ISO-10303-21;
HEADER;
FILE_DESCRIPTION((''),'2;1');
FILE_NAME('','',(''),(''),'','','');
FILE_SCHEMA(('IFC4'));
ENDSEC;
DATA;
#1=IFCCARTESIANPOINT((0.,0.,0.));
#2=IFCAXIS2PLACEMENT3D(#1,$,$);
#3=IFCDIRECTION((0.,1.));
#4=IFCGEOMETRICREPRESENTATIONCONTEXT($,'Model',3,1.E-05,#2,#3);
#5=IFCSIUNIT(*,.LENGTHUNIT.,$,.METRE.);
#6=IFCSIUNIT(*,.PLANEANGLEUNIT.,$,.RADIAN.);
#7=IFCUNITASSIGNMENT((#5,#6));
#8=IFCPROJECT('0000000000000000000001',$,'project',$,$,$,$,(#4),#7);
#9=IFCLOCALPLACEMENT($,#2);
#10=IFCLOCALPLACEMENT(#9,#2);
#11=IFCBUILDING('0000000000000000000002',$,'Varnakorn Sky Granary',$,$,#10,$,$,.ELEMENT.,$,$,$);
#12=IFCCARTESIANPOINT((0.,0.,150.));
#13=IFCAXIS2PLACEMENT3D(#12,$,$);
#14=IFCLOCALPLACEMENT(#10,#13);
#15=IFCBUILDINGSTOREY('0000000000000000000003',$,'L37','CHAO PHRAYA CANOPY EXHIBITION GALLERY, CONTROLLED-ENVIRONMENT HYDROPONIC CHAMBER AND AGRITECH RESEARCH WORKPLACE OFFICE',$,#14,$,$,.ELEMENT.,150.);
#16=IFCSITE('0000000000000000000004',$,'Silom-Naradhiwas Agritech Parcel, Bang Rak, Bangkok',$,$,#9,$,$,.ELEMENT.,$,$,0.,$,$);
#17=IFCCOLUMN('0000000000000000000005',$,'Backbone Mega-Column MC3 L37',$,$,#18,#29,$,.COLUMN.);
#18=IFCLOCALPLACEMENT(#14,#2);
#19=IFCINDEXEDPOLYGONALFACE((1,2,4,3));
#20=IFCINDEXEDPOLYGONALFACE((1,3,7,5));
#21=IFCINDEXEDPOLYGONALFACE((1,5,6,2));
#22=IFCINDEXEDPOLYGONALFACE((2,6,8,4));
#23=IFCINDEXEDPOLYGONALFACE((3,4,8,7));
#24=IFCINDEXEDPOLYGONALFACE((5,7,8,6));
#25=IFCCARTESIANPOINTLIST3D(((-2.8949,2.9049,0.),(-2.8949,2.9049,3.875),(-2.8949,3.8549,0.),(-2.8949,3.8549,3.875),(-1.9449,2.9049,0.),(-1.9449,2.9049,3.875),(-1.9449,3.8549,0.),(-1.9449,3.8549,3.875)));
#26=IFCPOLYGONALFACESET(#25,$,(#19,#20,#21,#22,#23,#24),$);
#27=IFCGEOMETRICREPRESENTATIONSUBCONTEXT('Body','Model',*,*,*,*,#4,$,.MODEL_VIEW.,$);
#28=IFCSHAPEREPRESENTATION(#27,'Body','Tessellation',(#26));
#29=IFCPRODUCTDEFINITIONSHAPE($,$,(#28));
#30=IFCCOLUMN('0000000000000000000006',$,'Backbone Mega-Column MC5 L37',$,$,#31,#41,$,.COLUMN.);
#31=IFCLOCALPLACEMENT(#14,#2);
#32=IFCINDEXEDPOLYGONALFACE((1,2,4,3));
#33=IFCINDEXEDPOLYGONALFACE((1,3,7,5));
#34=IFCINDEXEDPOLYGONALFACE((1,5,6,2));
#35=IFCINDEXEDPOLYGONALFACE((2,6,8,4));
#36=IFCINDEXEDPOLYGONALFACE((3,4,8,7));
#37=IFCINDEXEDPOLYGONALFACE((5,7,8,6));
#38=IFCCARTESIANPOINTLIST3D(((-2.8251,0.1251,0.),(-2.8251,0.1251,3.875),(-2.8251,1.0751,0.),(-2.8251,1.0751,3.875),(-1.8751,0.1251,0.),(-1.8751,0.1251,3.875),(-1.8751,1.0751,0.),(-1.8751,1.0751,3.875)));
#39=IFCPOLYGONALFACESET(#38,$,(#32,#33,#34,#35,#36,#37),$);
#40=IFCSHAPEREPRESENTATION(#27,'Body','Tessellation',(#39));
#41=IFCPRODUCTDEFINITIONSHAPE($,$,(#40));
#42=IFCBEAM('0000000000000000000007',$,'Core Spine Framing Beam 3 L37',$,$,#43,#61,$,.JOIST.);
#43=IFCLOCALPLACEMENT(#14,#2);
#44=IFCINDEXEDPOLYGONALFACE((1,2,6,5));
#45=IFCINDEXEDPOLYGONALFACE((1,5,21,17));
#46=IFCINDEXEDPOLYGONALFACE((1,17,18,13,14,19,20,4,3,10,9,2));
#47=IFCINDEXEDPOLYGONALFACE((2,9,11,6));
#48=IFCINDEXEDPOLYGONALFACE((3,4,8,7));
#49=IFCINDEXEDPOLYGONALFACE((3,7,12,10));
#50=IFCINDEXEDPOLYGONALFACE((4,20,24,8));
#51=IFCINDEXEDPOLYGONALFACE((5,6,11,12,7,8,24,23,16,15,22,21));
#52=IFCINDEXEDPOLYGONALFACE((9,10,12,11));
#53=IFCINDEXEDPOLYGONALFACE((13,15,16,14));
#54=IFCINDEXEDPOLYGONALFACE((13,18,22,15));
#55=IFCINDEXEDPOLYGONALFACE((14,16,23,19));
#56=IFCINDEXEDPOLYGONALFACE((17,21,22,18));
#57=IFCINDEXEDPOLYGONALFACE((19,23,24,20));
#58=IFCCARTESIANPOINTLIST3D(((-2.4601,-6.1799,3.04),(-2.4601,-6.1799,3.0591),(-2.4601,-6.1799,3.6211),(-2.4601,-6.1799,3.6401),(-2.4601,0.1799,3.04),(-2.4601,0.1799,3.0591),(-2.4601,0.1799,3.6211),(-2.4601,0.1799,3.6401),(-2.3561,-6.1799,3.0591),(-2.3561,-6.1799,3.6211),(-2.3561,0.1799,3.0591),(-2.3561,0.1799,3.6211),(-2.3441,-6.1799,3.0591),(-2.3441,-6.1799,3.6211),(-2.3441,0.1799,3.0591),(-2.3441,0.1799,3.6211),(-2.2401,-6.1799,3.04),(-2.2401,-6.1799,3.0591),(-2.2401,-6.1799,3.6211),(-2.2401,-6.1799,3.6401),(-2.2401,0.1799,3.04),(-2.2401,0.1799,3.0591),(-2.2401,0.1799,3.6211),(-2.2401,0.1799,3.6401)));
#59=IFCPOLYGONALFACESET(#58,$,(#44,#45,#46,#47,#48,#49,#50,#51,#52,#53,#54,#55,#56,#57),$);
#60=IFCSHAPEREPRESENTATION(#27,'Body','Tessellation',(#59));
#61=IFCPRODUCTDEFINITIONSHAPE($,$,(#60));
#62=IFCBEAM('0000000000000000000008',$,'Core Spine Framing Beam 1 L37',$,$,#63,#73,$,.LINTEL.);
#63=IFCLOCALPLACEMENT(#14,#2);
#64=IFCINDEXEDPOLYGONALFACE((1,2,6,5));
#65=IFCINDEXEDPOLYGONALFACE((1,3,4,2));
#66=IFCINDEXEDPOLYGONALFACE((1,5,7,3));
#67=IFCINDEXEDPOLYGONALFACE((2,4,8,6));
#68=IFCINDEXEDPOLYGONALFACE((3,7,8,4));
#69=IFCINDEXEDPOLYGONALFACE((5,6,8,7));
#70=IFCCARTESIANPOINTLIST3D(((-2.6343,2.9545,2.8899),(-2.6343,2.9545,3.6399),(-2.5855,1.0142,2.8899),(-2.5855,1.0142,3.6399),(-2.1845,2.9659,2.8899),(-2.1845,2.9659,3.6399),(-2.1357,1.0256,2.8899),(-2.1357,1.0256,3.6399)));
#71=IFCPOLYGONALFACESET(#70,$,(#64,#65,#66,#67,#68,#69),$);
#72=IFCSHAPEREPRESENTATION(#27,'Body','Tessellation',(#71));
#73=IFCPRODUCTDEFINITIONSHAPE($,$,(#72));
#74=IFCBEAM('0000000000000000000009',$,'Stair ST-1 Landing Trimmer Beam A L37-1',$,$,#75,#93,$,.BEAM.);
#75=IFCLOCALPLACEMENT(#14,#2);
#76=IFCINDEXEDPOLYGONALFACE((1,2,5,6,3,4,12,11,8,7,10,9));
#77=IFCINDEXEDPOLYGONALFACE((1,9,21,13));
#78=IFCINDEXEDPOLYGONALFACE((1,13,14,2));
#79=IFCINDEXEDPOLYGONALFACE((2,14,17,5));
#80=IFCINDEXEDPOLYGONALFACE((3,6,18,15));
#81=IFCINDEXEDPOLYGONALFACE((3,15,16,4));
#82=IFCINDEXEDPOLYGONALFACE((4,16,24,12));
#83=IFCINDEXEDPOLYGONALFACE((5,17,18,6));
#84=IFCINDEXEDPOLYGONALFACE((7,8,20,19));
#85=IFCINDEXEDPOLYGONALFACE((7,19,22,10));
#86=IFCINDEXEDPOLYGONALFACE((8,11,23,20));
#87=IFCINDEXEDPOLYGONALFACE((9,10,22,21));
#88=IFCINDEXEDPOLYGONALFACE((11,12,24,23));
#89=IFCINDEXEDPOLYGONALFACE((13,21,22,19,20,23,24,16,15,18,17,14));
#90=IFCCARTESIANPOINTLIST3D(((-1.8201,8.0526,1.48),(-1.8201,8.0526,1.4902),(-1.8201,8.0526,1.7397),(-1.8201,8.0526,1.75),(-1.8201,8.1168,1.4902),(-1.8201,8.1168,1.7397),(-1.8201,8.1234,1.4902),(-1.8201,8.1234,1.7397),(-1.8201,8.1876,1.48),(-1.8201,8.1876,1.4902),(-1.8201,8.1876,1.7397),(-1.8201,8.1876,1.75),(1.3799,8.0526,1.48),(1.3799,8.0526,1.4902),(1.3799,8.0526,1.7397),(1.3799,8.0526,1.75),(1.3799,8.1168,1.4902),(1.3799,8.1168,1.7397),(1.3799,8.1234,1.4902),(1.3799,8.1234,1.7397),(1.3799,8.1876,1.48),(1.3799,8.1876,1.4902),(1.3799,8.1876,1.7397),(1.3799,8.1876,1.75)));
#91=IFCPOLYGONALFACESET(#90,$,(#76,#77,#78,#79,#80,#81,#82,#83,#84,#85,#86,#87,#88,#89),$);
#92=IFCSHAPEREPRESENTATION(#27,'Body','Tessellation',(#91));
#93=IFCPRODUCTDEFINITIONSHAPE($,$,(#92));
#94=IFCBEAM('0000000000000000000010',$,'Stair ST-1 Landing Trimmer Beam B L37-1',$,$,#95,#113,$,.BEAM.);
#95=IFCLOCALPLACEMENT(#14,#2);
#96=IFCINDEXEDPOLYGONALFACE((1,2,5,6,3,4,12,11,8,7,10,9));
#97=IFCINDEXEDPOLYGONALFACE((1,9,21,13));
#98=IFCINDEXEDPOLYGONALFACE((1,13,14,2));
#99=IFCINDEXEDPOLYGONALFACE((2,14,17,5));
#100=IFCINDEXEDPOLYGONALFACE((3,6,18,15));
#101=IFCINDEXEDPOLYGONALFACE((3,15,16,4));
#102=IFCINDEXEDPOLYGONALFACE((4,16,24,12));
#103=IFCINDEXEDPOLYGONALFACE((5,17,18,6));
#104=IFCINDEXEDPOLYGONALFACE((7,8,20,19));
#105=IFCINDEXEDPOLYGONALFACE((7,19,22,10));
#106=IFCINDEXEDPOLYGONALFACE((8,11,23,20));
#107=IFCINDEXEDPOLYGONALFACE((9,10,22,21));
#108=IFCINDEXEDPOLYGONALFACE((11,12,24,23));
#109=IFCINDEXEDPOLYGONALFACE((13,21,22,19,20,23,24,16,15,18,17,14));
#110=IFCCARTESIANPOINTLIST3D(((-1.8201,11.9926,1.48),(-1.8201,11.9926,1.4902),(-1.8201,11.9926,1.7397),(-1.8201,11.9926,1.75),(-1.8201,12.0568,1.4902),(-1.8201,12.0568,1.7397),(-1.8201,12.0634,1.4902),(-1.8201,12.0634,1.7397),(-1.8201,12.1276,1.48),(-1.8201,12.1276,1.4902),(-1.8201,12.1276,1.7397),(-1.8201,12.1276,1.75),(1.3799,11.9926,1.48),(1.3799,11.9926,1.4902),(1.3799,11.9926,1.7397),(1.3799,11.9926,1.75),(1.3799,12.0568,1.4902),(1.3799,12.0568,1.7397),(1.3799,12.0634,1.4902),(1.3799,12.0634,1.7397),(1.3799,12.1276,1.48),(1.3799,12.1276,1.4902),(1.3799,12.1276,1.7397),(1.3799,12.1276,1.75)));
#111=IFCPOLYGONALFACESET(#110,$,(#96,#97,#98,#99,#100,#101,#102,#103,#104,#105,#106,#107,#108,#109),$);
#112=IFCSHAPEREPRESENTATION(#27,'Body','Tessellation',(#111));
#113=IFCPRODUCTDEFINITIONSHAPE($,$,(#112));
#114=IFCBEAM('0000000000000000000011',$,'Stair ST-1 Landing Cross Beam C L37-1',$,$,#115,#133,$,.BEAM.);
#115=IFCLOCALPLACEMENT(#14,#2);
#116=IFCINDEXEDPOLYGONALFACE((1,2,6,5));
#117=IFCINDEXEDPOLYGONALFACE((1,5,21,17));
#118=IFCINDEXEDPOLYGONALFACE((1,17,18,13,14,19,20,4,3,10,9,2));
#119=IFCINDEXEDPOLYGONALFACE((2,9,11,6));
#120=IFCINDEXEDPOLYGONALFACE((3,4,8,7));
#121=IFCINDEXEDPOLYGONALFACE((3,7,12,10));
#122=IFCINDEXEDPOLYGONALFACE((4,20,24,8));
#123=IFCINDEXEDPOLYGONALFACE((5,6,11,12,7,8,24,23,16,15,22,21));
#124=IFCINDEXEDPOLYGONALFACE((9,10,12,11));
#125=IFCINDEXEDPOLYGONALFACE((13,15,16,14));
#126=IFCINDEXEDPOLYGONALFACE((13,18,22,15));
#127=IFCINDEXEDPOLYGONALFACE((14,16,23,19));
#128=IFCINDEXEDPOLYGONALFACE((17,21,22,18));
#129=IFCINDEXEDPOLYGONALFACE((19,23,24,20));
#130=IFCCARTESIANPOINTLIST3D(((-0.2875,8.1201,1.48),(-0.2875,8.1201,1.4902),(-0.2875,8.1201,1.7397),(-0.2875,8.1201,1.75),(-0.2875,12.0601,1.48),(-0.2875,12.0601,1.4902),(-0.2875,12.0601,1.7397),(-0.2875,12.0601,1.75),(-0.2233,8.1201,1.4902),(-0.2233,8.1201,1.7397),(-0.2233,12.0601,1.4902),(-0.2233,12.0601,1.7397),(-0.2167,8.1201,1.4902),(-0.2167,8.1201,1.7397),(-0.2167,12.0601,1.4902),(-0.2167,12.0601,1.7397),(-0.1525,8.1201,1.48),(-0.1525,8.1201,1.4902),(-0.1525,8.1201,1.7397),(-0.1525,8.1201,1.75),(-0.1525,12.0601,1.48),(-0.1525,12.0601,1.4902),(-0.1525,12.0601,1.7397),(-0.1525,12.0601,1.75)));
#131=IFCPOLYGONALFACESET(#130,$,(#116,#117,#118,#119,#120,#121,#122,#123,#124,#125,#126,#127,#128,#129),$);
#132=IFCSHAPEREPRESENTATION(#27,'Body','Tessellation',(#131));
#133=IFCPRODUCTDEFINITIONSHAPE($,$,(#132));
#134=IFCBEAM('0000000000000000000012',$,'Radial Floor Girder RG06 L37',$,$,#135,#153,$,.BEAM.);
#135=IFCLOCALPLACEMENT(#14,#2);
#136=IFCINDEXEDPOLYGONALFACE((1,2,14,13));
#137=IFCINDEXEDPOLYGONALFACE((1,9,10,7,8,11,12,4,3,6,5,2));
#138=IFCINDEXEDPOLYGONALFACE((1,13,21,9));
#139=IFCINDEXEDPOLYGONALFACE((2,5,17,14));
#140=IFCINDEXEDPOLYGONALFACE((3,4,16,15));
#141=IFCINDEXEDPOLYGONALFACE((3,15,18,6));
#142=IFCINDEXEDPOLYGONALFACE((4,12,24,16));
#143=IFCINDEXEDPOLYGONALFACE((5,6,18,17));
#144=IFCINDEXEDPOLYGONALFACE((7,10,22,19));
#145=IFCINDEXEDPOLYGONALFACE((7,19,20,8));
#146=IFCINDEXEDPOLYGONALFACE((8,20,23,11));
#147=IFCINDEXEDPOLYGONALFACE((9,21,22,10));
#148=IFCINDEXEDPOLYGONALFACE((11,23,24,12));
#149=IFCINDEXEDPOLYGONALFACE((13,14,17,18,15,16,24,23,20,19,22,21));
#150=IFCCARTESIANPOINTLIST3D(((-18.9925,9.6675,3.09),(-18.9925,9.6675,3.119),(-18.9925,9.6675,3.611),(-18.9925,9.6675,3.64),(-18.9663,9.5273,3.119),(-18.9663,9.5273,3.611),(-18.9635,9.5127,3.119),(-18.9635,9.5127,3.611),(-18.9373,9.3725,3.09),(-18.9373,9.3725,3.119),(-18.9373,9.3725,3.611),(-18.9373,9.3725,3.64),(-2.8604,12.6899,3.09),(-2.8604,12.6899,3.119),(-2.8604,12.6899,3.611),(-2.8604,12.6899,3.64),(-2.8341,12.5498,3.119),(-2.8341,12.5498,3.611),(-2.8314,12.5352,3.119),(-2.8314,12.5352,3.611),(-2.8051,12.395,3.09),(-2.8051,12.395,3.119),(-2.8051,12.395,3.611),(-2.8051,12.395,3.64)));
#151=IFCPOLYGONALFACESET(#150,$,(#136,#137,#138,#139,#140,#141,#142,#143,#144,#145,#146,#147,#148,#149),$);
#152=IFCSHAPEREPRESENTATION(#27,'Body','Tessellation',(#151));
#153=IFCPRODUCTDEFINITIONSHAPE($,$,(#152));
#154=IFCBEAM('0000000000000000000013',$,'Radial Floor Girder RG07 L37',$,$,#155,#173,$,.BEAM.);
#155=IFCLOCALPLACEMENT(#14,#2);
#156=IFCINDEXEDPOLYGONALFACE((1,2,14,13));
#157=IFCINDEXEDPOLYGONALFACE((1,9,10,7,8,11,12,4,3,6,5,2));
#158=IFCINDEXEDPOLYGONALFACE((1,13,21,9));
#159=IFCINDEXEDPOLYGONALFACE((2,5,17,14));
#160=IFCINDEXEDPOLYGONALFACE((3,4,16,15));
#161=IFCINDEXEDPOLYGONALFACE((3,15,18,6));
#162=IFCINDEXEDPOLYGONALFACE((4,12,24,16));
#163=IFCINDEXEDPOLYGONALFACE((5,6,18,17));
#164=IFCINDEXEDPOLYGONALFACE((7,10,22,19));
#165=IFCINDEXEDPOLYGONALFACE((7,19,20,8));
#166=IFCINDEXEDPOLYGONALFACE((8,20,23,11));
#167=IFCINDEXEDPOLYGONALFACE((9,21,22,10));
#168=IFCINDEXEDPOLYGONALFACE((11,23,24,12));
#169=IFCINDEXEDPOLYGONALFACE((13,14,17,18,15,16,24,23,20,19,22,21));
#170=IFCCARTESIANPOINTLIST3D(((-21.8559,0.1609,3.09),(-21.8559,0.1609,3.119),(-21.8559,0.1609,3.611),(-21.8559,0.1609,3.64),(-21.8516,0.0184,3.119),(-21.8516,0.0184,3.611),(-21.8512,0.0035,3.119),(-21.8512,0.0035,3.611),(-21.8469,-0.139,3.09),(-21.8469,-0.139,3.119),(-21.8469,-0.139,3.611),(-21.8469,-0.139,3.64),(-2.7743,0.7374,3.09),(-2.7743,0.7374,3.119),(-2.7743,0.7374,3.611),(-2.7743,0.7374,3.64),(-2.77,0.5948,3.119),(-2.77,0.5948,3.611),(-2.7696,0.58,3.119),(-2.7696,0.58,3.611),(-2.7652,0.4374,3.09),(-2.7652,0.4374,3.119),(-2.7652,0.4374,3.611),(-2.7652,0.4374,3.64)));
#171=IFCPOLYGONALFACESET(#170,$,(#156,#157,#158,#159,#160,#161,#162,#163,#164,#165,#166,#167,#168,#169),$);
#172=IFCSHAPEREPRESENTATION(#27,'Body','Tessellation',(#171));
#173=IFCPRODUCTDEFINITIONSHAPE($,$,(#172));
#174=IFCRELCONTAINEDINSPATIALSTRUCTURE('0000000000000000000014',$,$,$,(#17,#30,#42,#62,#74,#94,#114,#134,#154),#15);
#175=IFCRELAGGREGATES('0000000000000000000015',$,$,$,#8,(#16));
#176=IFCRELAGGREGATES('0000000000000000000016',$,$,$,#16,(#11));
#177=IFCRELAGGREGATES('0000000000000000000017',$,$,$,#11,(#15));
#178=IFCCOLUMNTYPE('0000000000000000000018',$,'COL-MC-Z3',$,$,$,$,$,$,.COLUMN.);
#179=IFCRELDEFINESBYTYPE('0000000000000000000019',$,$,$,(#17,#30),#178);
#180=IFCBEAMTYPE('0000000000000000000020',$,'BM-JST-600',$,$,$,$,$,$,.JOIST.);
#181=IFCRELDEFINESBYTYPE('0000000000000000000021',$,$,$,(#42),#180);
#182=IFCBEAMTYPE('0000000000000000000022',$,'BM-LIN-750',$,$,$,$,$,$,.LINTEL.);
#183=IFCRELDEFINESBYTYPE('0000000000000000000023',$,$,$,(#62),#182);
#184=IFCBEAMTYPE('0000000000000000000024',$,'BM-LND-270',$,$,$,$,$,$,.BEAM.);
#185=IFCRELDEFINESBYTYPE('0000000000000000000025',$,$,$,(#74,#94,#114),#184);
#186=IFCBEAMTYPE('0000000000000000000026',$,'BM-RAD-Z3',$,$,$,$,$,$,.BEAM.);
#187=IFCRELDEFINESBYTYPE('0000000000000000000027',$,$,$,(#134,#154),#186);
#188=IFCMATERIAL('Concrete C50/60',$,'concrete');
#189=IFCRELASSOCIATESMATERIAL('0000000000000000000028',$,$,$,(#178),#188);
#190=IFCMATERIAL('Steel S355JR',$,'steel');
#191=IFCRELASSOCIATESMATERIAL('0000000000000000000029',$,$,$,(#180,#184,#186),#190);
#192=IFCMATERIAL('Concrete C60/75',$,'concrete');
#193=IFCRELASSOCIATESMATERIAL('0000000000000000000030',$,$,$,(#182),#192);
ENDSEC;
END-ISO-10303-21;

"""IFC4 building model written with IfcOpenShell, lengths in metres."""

from ifc_helpers import new_model, si_unit, direction, frame, origin, origin_2d, place, context, subcontext, project, spatial, rectangle, i_section, extrude, material, material_profile, profile_set, type_object, element, save


model = new_model("IFC4")

# Units and contexts
model_context = context("Model", 3, precision=1e-05, world=origin(), true_north=direction((0.0, 1.0)))
body_context = subcontext(model_context, "Body", "Model", "MODEL_VIEW")
ifc_project = project(units=[si_unit("LENGTHUNIT", "METRE"), si_unit("PLANEANGLEUNIT", "RADIAN")], contexts=[model_context])

# Site, building, storey
site_placement = place(None, origin())
site = spatial("IfcSite", under=ifc_project, at=site_placement, Name="Silom-Naradhiwas Agritech Parcel, Bang Rak, Bangkok", CompositionType="ELEMENT", RefElevation=0.0)
building_placement = place(site_placement, origin())
building = spatial("IfcBuilding", under=site, at=building_placement, Name="Varnakorn Sky Granary", CompositionType="ELEMENT")
storey_placement = place(building_placement, frame((0.0, 0.0, 150.0)))
storey = spatial("IfcBuildingStorey", under=building, at=storey_placement, Name="L37", Description="CHAO PHRAYA CANOPY EXHIBITION GALLERY, CONTROLLED-ENVIRONMENT HYDROPONIC CHAMBER AND AGRITECH RESEARCH WORKPLACE OFFICE", CompositionType="ELEMENT", Elevation=150.0)

# Columns
ifc_material_1 = material(Name="Concrete C50/60", Category="concrete")
ifc_material_profile_1 = material_profile(ifc_material_1, rectangle(XDim=0.95, YDim=0.95, at=origin_2d()), Name="RC 950x950")
ifc_profile_set_1 = profile_set([ifc_material_profile_1], Name="Concrete C50/60")
column_type = type_object("IfcColumnType", Name="COL-MC-Z3", PredefinedType="COLUMN", material=ifc_profile_set_1)
for number, where, z_axis, x_axis, name in (
    (1, (-2.4199, 3.3799, 0.0), (0.0, 0.0, 1.0), (1.0, 0.0, 0.0), "Backbone Mega-Column MC3 L37"),
    (2, (-2.3501, 0.6001, 0.0), (0.0, 0.0, 1.0), (1.0, 0.0, 0.0), "Backbone Mega-Column MC5 L37"),
):
    element("IfcColumn", number, at=place(storey_placement, frame(where, z_axis=z_axis, x_axis=x_axis)), inside=storey, type_object=column_type, Name=name, PredefinedType="COLUMN", context=body_context, shape_type="SweptSolid", body=[
        extrude(rectangle(XDim=0.95, YDim=0.95, at=origin_2d()), origin(), (0.0, 0.0, 1.0), 3.875),
    ])

# Beams
ifc_material_2 = material(Name="Steel S355JR", Category="steel")
ifc_material_profile_2 = material_profile(ifc_material_2, i_section(OverallWidth=0.22, OverallDepth=0.6001, WebThickness=0.012, FlangeThickness=0.019, at=origin_2d()), Name="IPE 600")
ifc_profile_set_2 = profile_set([ifc_material_profile_2], Name="Steel S355JR")
beam_type_1 = type_object("IfcBeamType", Name="BM-JST-600", PredefinedType="JOIST", material=ifc_profile_set_2)
beam_1_placement = place(storey_placement, frame((-2.3501, 0.1799, 3.3401), z_axis=(0.0, -1.0, 0.0), x_axis=(1.0, 0.0, 0.0)))
element("IfcBeam", 3, at=beam_1_placement, inside=storey, type_object=beam_type_1, Name="Core Spine Framing Beam 3 L37", PredefinedType="JOIST", context=body_context, shape_type="SweptSolid", body=[
    extrude(i_section(OverallWidth=0.22, OverallDepth=0.6001, WebThickness=0.012, FlangeThickness=0.019, at=origin_2d()), origin(), (0.0, 0.0, 1.0), 6.3599),
])
ifc_material_3 = material(Name="Concrete C60/75", Category="concrete")
ifc_material_profile_3 = material_profile(ifc_material_3, rectangle(XDim=0.45, YDim=0.75, at=origin_2d()), Name="RC 450x750")
ifc_profile_set_3 = profile_set([ifc_material_profile_3], Name="Concrete C60/75")
beam_type_2 = type_object("IfcBeamType", Name="BM-LIN-750", PredefinedType="LINTEL", material=ifc_profile_set_3)
beam_2_placement = place(storey_placement, frame((-2.4094, 2.9602, 3.2649), z_axis=(0.025159, -0.999683, 0.0), x_axis=(0.999683, 0.025159, 0.0)))
element("IfcBeam", 4, at=beam_2_placement, inside=storey, type_object=beam_type_2, Name="Core Spine Framing Beam 1 L37", PredefinedType="LINTEL", context=body_context, shape_type="SweptSolid", body=[
    extrude(rectangle(XDim=0.45, YDim=0.75, at=origin_2d()), origin(), (0.0, 0.0, 1.0), 1.9409),
])
ifc_material_profile_4 = material_profile(ifc_material_2, i_section(OverallWidth=0.135, OverallDepth=0.27, WebThickness=0.0066, FlangeThickness=0.0103, at=origin_2d()), Name="IPE 270")
ifc_profile_set_4 = profile_set([ifc_material_profile_4], Name="Steel S355JR")
beam_type_3 = type_object("IfcBeamType", Name="BM-LND-270", PredefinedType="BEAM", material=ifc_profile_set_4)
for number, where, z_axis, x_axis, name in (
    (5, (-1.8201, 8.1201, 1.615), (1.0, 0.0, 0.0), (0.0, 1.0, 0.0), "Stair ST-1 Landing Trimmer Beam A L37-1"),
    (6, (-1.8201, 12.0601, 1.615), (1.0, 0.0, 0.0), (0.0, 1.0, 0.0), "Stair ST-1 Landing Trimmer Beam B L37-1"),
):
    element("IfcBeam", number, at=place(storey_placement, frame(where, z_axis=z_axis, x_axis=x_axis)), inside=storey, type_object=beam_type_3, Name=name, PredefinedType="BEAM", context=body_context, shape_type="SweptSolid", body=[
        extrude(i_section(OverallWidth=0.135, OverallDepth=0.27, WebThickness=0.0066, FlangeThickness=0.0103, at=origin_2d()), origin(), (0.0, 0.0, 1.0), 3.2),
    ])
beam_3_placement = place(storey_placement, frame((-0.22, 8.1201, 1.615), z_axis=(0.0, 1.0, 0.0), x_axis=(-1.0, 0.0, 0.0)))
element("IfcBeam", 7, at=beam_3_placement, inside=storey, type_object=beam_type_3, Name="Stair ST-1 Landing Cross Beam C L37-1", PredefinedType="BEAM", context=body_context, shape_type="SweptSolid", body=[
    extrude(i_section(OverallWidth=0.135, OverallDepth=0.27, WebThickness=0.0066, FlangeThickness=0.0103, at=origin_2d()), origin(), (0.0, 0.0, 1.0), 3.9399),
])
ifc_material_profile_5 = material_profile(ifc_material_2, i_section(OverallWidth=0.3, OverallDepth=0.55, WebThickness=0.0149, FlangeThickness=0.0291, at=origin_2d()), Name="HE 550 B")
ifc_profile_set_5 = profile_set([ifc_material_profile_5], Name="Steel S355JR")
beam_type_4 = type_object("IfcBeamType", Name="BM-RAD-Z3", PredefinedType="BEAM", material=ifc_profile_set_5)
beam_4_placement = place(storey_placement, frame((-2.8328, 12.5425, 3.365), z_axis=(-0.982898, -0.184153, 0.0), x_axis=(0.184153, -0.982898, 0.0)))
element("IfcBeam", 8, at=beam_4_placement, inside=storey, type_object=beam_type_4, Name="Radial Floor Girder RG06 L37", PredefinedType="BEAM", context=body_context, shape_type="SweptSolid", body=[
    extrude(i_section(OverallWidth=0.3, OverallDepth=0.55, WebThickness=0.0149, FlangeThickness=0.0291, at=origin_2d()), origin(), (0.0, 0.0, 1.0), 16.4128),
])
beam_5_placement = place(storey_placement, frame((-2.7698, 0.5874, 3.365), z_axis=(-0.999544, -0.030194, 0.0), x_axis=(0.030194, -0.999544, 0.0)))
element("IfcBeam", 9, at=beam_5_placement, inside=storey, type_object=beam_type_4, Name="Radial Floor Girder RG07 L37", PredefinedType="BEAM", context=body_context, shape_type="SweptSolid", body=[
    extrude(i_section(OverallWidth=0.3, OverallDepth=0.55, WebThickness=0.0149, FlangeThickness=0.0291, at=origin_2d()), origin(), (0.0, 0.0, 1.0), 19.0903),
])

save(model, "model.ifc")
